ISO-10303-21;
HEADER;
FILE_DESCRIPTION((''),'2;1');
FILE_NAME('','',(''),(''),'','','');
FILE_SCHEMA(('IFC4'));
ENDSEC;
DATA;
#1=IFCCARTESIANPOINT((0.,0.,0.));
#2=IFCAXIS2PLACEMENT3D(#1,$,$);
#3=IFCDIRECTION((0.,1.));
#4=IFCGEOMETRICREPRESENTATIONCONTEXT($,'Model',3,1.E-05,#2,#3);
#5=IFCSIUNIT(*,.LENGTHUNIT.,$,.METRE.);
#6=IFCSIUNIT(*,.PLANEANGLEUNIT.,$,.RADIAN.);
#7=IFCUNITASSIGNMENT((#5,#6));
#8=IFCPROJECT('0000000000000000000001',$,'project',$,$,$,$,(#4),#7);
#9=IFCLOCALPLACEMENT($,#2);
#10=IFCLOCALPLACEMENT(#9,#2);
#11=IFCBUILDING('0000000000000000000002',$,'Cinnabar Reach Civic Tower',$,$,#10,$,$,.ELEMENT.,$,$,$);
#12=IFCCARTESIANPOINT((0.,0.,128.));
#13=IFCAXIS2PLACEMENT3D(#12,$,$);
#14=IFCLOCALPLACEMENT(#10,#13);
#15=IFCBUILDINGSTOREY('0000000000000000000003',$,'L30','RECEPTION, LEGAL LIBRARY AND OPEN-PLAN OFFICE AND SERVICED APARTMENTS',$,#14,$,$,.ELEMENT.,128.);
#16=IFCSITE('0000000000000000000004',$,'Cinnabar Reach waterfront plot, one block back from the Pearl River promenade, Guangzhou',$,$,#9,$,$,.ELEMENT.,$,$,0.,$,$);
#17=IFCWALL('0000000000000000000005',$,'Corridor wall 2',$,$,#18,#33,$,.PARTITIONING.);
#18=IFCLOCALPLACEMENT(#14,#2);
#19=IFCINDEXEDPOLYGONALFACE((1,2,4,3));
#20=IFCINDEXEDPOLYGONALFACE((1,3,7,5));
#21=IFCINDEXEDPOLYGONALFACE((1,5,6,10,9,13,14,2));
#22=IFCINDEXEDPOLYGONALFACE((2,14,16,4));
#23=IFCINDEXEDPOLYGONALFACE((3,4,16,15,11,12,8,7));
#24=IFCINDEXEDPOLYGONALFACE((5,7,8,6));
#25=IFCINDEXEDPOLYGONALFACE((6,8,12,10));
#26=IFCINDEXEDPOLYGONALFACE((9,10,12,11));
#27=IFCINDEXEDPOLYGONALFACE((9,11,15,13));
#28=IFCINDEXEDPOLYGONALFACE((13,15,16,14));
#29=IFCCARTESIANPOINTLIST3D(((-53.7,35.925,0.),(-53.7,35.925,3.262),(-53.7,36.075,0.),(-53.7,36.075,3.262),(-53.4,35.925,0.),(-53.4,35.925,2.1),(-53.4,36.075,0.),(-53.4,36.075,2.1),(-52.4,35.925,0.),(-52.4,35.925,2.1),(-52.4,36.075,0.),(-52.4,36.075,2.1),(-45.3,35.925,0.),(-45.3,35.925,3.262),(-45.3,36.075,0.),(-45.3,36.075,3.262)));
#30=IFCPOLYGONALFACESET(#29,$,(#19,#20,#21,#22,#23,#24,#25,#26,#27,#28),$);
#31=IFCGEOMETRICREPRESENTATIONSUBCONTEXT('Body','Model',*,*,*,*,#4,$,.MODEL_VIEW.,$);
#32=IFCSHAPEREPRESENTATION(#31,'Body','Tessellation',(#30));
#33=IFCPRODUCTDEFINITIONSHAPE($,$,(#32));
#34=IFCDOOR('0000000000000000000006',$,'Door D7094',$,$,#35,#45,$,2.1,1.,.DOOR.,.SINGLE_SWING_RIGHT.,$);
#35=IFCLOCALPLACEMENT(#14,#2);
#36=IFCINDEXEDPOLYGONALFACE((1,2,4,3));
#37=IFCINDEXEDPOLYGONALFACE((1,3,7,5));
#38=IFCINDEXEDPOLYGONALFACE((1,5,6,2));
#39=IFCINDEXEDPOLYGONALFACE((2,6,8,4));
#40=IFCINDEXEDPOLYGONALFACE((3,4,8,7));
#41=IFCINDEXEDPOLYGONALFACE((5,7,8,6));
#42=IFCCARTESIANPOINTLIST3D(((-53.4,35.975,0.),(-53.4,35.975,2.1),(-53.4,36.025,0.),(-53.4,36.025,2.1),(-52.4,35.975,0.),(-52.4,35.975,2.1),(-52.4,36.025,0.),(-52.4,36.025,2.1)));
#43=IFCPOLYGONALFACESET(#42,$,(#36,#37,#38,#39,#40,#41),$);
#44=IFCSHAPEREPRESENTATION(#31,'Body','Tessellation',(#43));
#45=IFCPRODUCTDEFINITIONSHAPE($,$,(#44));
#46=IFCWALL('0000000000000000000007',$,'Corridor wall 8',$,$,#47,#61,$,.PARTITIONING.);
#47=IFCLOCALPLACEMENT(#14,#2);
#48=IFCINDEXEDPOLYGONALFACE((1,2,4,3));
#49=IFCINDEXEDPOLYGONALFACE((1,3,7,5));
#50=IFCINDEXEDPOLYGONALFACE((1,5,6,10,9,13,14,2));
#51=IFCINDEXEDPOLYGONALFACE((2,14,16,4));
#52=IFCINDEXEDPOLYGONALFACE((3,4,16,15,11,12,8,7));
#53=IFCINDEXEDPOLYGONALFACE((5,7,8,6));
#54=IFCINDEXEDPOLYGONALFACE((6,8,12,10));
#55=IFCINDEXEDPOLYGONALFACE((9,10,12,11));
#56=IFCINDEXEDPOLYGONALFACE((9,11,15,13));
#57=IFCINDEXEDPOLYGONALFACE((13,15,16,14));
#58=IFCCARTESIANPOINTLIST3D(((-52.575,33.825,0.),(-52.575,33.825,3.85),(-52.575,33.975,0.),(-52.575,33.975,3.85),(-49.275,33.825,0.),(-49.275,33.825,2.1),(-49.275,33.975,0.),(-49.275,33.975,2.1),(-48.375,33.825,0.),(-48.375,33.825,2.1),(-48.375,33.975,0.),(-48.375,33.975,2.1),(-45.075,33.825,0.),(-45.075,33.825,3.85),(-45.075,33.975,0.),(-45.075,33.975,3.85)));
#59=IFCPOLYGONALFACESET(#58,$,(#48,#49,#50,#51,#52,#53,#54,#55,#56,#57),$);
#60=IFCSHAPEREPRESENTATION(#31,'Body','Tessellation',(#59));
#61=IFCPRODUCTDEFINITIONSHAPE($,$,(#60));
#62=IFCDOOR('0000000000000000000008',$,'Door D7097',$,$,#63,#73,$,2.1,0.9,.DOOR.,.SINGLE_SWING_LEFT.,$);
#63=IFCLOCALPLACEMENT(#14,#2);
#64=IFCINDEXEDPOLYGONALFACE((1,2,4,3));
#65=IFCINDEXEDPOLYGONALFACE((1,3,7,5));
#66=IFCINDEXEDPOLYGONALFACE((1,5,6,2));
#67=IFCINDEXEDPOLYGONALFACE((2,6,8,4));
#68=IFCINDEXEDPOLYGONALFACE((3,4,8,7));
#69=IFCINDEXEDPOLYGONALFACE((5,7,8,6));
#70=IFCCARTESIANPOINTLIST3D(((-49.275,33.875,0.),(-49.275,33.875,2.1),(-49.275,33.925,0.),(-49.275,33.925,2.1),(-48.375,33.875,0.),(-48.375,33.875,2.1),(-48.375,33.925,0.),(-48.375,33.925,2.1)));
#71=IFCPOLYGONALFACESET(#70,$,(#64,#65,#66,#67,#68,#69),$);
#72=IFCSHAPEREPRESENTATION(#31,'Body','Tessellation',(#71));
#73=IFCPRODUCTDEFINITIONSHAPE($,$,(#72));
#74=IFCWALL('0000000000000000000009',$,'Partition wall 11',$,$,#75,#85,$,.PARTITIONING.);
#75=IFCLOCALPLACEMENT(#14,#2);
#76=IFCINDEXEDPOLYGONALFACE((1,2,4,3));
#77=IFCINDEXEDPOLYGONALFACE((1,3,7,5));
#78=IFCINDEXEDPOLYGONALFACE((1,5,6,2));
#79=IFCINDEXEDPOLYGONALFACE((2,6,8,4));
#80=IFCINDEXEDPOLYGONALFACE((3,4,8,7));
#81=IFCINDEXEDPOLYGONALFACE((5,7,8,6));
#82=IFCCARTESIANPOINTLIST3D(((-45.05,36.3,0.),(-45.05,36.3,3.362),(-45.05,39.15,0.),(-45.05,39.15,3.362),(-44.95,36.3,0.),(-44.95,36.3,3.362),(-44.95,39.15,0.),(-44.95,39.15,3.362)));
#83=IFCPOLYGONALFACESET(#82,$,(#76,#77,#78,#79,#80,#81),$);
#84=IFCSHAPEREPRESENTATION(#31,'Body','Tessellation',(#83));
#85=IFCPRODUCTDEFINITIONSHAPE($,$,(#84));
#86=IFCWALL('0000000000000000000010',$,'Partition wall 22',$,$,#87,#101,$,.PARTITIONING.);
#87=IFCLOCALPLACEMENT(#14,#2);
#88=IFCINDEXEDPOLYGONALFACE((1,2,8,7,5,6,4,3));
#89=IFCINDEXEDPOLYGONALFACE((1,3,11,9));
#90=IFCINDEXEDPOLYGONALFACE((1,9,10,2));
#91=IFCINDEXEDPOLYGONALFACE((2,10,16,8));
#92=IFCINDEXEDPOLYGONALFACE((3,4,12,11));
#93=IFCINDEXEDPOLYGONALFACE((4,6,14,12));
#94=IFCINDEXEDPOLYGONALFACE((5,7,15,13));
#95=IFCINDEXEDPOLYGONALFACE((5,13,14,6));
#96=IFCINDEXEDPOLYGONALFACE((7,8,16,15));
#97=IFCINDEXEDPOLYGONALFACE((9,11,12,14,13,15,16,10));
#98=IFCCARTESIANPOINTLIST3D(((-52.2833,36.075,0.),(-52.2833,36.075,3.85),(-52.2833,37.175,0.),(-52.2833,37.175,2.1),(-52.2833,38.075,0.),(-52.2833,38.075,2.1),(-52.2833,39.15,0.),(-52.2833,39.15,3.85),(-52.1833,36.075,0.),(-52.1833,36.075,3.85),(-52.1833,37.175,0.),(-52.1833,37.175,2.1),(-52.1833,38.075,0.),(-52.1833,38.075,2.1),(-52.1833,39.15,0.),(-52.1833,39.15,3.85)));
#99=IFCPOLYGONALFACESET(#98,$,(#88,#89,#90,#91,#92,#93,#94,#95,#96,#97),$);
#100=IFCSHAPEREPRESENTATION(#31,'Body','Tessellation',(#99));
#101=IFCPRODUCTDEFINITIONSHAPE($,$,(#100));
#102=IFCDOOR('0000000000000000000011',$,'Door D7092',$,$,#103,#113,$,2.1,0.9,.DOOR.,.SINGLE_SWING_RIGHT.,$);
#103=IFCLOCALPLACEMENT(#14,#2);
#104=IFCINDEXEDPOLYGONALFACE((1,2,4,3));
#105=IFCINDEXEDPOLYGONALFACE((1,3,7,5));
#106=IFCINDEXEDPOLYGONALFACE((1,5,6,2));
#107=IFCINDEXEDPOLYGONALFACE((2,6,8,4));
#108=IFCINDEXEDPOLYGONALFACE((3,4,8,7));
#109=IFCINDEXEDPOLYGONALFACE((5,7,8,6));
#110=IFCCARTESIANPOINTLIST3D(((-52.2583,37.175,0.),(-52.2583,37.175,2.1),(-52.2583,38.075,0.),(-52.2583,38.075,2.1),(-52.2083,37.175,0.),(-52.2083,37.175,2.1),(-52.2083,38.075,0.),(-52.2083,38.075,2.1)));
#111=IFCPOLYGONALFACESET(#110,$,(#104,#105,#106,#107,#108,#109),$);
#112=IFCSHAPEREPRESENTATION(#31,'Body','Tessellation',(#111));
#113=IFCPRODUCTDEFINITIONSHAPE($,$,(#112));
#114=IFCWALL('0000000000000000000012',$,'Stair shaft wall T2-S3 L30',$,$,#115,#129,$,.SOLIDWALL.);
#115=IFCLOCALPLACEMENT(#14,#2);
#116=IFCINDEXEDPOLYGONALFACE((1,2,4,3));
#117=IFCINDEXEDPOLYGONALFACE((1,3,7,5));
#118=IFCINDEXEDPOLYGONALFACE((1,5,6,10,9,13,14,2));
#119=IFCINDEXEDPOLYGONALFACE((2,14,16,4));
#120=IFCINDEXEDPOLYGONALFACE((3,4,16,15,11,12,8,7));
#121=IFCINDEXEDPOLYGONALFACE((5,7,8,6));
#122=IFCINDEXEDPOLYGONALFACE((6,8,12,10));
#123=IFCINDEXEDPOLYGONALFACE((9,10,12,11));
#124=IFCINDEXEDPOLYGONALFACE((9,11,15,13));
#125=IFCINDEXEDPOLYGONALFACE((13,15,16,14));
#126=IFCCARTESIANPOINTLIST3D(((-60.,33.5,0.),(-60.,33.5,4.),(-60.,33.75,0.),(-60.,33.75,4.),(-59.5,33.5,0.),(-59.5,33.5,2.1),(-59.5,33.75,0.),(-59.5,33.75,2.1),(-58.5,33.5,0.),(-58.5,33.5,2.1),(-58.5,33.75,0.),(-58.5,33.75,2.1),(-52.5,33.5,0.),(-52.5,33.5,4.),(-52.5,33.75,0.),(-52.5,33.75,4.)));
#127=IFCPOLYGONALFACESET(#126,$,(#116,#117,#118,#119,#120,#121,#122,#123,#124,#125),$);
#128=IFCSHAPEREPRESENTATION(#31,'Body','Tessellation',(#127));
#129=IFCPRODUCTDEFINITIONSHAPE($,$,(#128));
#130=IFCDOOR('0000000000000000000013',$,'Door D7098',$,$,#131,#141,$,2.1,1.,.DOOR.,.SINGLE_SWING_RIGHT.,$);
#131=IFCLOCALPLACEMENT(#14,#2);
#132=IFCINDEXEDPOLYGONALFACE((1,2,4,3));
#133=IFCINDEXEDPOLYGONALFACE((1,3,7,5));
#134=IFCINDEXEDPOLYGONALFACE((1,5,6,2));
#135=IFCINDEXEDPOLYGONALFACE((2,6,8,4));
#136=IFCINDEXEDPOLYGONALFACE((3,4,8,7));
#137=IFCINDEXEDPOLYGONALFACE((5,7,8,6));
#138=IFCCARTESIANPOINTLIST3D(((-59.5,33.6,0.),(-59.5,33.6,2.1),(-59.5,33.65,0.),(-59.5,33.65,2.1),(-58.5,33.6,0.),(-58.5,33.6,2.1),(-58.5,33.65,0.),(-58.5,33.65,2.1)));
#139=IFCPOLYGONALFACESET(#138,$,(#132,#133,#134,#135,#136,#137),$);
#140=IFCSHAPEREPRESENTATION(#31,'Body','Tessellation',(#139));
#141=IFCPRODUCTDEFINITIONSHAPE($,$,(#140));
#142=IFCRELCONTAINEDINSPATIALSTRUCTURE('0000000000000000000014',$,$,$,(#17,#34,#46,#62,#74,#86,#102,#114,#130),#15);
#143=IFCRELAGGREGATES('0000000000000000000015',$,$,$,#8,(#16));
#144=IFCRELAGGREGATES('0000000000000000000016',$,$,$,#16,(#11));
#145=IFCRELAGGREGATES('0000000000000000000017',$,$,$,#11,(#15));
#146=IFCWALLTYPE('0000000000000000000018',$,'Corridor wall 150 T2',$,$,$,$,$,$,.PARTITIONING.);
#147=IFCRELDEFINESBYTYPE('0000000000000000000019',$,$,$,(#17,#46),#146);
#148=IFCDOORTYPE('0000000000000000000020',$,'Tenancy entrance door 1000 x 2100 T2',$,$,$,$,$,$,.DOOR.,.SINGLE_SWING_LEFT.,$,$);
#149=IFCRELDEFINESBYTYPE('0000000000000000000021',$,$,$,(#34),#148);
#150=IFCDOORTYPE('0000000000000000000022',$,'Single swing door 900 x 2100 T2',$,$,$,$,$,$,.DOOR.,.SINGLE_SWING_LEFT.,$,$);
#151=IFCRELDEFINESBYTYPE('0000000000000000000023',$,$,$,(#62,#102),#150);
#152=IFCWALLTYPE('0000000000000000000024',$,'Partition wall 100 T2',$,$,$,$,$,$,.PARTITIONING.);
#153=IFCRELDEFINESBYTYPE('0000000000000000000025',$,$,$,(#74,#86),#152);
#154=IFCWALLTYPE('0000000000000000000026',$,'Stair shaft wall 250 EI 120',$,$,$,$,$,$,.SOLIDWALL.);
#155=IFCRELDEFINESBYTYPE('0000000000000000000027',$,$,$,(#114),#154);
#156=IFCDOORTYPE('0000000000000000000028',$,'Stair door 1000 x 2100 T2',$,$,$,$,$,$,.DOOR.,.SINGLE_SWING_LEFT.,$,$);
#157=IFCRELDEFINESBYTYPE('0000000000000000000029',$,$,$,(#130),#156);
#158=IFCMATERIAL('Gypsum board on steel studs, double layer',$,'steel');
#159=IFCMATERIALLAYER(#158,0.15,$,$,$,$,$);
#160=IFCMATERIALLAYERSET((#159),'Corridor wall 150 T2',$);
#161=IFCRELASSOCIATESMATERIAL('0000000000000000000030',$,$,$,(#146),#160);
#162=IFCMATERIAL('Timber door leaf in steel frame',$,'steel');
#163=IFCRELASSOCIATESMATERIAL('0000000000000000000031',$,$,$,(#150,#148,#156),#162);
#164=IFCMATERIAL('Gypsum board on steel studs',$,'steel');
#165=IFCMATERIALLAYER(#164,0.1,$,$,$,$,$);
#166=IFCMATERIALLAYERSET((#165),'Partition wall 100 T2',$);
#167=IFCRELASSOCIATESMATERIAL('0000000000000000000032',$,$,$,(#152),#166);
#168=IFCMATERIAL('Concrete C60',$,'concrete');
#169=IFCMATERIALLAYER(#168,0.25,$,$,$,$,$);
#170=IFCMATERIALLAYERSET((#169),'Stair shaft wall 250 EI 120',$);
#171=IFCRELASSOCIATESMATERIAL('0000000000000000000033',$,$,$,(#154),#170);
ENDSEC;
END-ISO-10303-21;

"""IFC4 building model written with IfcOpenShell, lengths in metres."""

from ifc_helpers import new_model, si_unit, direction, frame, frame_2d, origin, place, context, subcontext, project, spatial, rectangle, extrude, material, layer, layer_set, type_object, element, fill, save


model = new_model("IFC4")

# Units and contexts
model_context = context("Model", 3, precision=1e-05, world=origin(), true_north=direction((0.0, 1.0)))
body_context = subcontext(model_context, "Body", "Model", "MODEL_VIEW")
ifc_project = project(units=[si_unit("LENGTHUNIT", "METRE"), si_unit("PLANEANGLEUNIT", "RADIAN")], contexts=[model_context])

# Site, building, storey
site_placement = place(None, origin())
site = spatial("IfcSite", under=ifc_project, at=site_placement, Name="Cinnabar Reach waterfront plot, one block back from the Pearl River promenade, Guangzhou", CompositionType="ELEMENT", RefElevation=0.0)
building_placement = place(site_placement, origin())
building = spatial("IfcBuilding", under=site, at=building_placement, Name="Cinnabar Reach Civic Tower", CompositionType="ELEMENT")
storey_placement = place(building_placement, frame((0.0, 0.0, 128.0)))
storey = spatial("IfcBuildingStorey", under=building, at=storey_placement, Name="L30", Description="RECEPTION, LEGAL LIBRARY AND OPEN-PLAN OFFICE AND SERVICED APARTMENTS", CompositionType="ELEMENT", Elevation=128.0)

# Shared definitions
ifc_material_1 = material(Name="Concrete C60", Category="concrete")

# Walls, openings, doors
ifc_material_2 = material(Name="Gypsum board on steel studs, double layer", Category="steel")
ifc_layer_1 = layer(ifc_material_2, 0.15)
ifc_layer_set_1 = layer_set([ifc_layer_1], Name="Corridor wall 150 T2")
wall_type_1 = type_object("IfcWallType", Name="Corridor wall 150 T2", PredefinedType="PARTITIONING", material=ifc_layer_set_1)
ifc_material_3 = material(Name="Timber door leaf in steel frame", Category="steel")
door_type_1 = type_object("IfcDoorType", Name="Single swing door 900 x 2100 T2", OperationType="SINGLE_SWING_LEFT", PredefinedType="DOOR", material=ifc_material_3)
wall_1_placement = place(storey_placement, frame((-53.7, 36.0, 0.0), z_axis=(0.0, 0.0, 1.0), x_axis=(1.0, 0.0, 0.0)))
wall_1 = element("IfcWall", 1, at=wall_1_placement, inside=storey, type_object=wall_type_1, Name="Corridor wall 2", PredefinedType="PARTITIONING", context=body_context, shape_type="SweptSolid", body=[
    extrude(rectangle(XDim=8.4, YDim=0.15, at=frame_2d((4.2, 0.0))), origin(), (0.0, 0.0, 1.0), 3.262),
])
opening_1_placement = place(wall_1_placement, frame((0.3, 0.0, 0.0)))
opening_1 = element("IfcOpeningElement", 2, at=opening_1_placement, cuts=wall_1, PredefinedType="OPENING", context=body_context, shape_type="SweptSolid", body=[
    extrude(rectangle(XDim=1.0, YDim=2.1, at=frame_2d((0.5, 1.05))), frame((0.0, 0.085, 0.0), z_axis=(0.0, -1.0, 0.0), x_axis=(1.0, 0.0, 0.0)), (0.0, 0.0, 1.0), 0.17),
])
door_type_2 = type_object("IfcDoorType", Name="Tenancy entrance door 1000 x 2100 T2", OperationType="SINGLE_SWING_LEFT", PredefinedType="DOOR", material=ifc_material_3)
door_1_placement = place(opening_1_placement, origin())
door_1 = element("IfcDoor", 3, at=door_1_placement, inside=storey, type_object=door_type_2, Name="Door D7094", OperationType="SINGLE_SWING_RIGHT", OverallHeight=2.1, OverallWidth=1.0, PredefinedType="DOOR", context=body_context, shape_type="SweptSolid", body=[
    extrude(rectangle(XDim=1.0, YDim=2.1, at=frame_2d((0.5, 1.05))), frame((0.0, 0.025, 0.0), z_axis=(0.0, -1.0, 0.0), x_axis=(1.0, 0.0, 0.0)), (0.0, 0.0, 1.0), 0.05),
])
fill(opening_1, door_1)
wall_2_placement = place(storey_placement, frame((-52.575, 33.9, 0.0), z_axis=(0.0, 0.0, 1.0), x_axis=(1.0, 0.0, 0.0)))
wall_2 = element("IfcWall", 4, at=wall_2_placement, inside=storey, type_object=wall_type_1, Name="Corridor wall 8", PredefinedType="PARTITIONING", context=body_context, shape_type="SweptSolid", body=[
    extrude(rectangle(XDim=7.5, YDim=0.15, at=frame_2d((3.75, 0.0))), origin(), (0.0, 0.0, 1.0), 3.85),
])
opening_2_placement = place(wall_2_placement, frame((3.3, 0.0, 0.0)))
opening_2 = element("IfcOpeningElement", 5, at=opening_2_placement, cuts=wall_2, PredefinedType="OPENING", context=body_context, shape_type="SweptSolid", body=[
    extrude(rectangle(XDim=0.9, YDim=2.1, at=frame_2d((0.45, 1.05))), frame((0.0, 0.085, 0.0), z_axis=(0.0, -1.0, 0.0), x_axis=(1.0, 0.0, 0.0)), (0.0, 0.0, 1.0), 0.17),
])
door_2_placement = place(opening_2_placement, frame((0.9, 0.0, 0.0), z_axis=(0.0, 0.0, 1.0), x_axis=(-1.0, 0.0, 0.0)))
door_2 = element("IfcDoor", 6, at=door_2_placement, inside=storey, type_object=door_type_1, Name="Door D7097", OperationType="SINGLE_SWING_LEFT", OverallHeight=2.1, OverallWidth=0.9, PredefinedType="DOOR", context=body_context, shape_type="SweptSolid", body=[
    extrude(rectangle(XDim=0.9, YDim=2.1, at=frame_2d((0.45, 1.05))), frame((0.0, 0.025, 0.0), z_axis=(0.0, -1.0, 0.0), x_axis=(1.0, 0.0, 0.0)), (0.0, 0.0, 1.0), 0.05),
])
fill(opening_2, door_2)

# Wall
ifc_material_4 = material(Name="Gypsum board on steel studs", Category="steel")
ifc_layer_2 = layer(ifc_material_4, 0.1)
ifc_layer_set_2 = layer_set([ifc_layer_2], Name="Partition wall 100 T2")
wall_type_2 = type_object("IfcWallType", Name="Partition wall 100 T2", PredefinedType="PARTITIONING", material=ifc_layer_set_2)
wall_3_placement = place(storey_placement, frame((-45.0, 36.3, 0.0), z_axis=(0.0, 0.0, 1.0), x_axis=(0.0, 1.0, 0.0)))
element("IfcWall", 7, at=wall_3_placement, inside=storey, type_object=wall_type_2, Name="Partition wall 11", PredefinedType="PARTITIONING", context=body_context, shape_type="SweptSolid", body=[
    extrude(rectangle(XDim=2.85, YDim=0.1, at=frame_2d((1.425, 0.0))), origin(), (0.0, 0.0, 1.0), 3.362),
])

# Walls, openings, doors
wall_4_placement = place(storey_placement, frame((-52.2333, 36.075, 0.0), z_axis=(0.0, 0.0, 1.0), x_axis=(0.0, 1.0, 0.0)))
wall_4 = element("IfcWall", 8, at=wall_4_placement, inside=storey, type_object=wall_type_2, Name="Partition wall 22", PredefinedType="PARTITIONING", context=body_context, shape_type="SweptSolid", body=[
    extrude(rectangle(XDim=3.075, YDim=0.1, at=frame_2d((1.5375, 0.0))), origin(), (0.0, 0.0, 1.0), 3.85),
])
opening_3_placement = place(wall_4_placement, frame((1.1, 0.0, 0.0)))
opening_3 = element("IfcOpeningElement", 9, at=opening_3_placement, cuts=wall_4, PredefinedType="OPENING", context=body_context, shape_type="SweptSolid", body=[
    extrude(rectangle(XDim=0.9, YDim=2.1, at=frame_2d((0.45, 1.05))), frame((0.0, 0.06, 0.0), z_axis=(0.0, -1.0, 0.0), x_axis=(1.0, 0.0, 0.0)), (0.0, 0.0, 1.0), 0.12),
])
door_3_placement = place(opening_3_placement, origin())
door_3 = element("IfcDoor", 10, at=door_3_placement, inside=storey, type_object=door_type_1, Name="Door D7092", OperationType="SINGLE_SWING_RIGHT", OverallHeight=2.1, OverallWidth=0.9, PredefinedType="DOOR", context=body_context, shape_type="SweptSolid", body=[
    extrude(rectangle(XDim=0.9, YDim=2.1, at=frame_2d((0.45, 1.05))), frame((0.0, 0.025, 0.0), z_axis=(0.0, -1.0, 0.0), x_axis=(1.0, 0.0, 0.0)), (0.0, 0.0, 1.0), 0.05),
])
fill(opening_3, door_3)
ifc_layer_3 = layer(ifc_material_1, 0.25)
ifc_layer_set_3 = layer_set([ifc_layer_3], Name="Stair shaft wall 250 EI 120")
wall_type_3 = type_object("IfcWallType", Name="Stair shaft wall 250 EI 120", PredefinedType="SOLIDWALL", material=ifc_layer_set_3)
wall_5_placement = place(storey_placement, frame((-52.5, 33.625, 0.0), z_axis=(0.0, 0.0, 1.0), x_axis=(-1.0, 0.0, 0.0)))
wall_5 = element("IfcWall", 11, at=wall_5_placement, inside=storey, type_object=wall_type_3, Name="Stair shaft wall T2-S3 L30", PredefinedType="SOLIDWALL", context=body_context, shape_type="SweptSolid", body=[
    extrude(rectangle(XDim=7.5, YDim=0.25, at=frame_2d((3.75, 0.0))), origin(), (0.0, 0.0, 1.0), 4.0),
])
opening_4_placement = place(wall_5_placement, frame((6.0, 0.0, 0.0)))
opening_4 = element("IfcOpeningElement", 12, at=opening_4_placement, cuts=wall_5, PredefinedType="OPENING", context=body_context, shape_type="SweptSolid", body=[
    extrude(rectangle(XDim=1.0, YDim=2.1, at=frame_2d((0.5, 1.05))), frame((0.0, 0.135, 0.0), z_axis=(0.0, -1.0, 0.0), x_axis=(1.0, 0.0, 0.0)), (0.0, 0.0, 1.0), 0.27),
])
door_type_3 = type_object("IfcDoorType", Name="Stair door 1000 x 2100 T2", OperationType="SINGLE_SWING_LEFT", PredefinedType="DOOR", material=ifc_material_3)
door_4_placement = place(opening_4_placement, origin())
door_4 = element("IfcDoor", 13, at=door_4_placement, inside=storey, type_object=door_type_3, Name="Door D7098", OperationType="SINGLE_SWING_RIGHT", OverallHeight=2.1, OverallWidth=1.0, PredefinedType="DOOR", context=body_context, shape_type="SweptSolid", body=[
    extrude(rectangle(XDim=1.0, YDim=2.1, at=frame_2d((0.5, 1.05))), frame((0.0, 0.025, 0.0), z_axis=(0.0, -1.0, 0.0), x_axis=(1.0, 0.0, 0.0)), (0.0, 0.0, 1.0), 0.05),
])
fill(opening_4, door_4)

save(model, "model.ifc")
